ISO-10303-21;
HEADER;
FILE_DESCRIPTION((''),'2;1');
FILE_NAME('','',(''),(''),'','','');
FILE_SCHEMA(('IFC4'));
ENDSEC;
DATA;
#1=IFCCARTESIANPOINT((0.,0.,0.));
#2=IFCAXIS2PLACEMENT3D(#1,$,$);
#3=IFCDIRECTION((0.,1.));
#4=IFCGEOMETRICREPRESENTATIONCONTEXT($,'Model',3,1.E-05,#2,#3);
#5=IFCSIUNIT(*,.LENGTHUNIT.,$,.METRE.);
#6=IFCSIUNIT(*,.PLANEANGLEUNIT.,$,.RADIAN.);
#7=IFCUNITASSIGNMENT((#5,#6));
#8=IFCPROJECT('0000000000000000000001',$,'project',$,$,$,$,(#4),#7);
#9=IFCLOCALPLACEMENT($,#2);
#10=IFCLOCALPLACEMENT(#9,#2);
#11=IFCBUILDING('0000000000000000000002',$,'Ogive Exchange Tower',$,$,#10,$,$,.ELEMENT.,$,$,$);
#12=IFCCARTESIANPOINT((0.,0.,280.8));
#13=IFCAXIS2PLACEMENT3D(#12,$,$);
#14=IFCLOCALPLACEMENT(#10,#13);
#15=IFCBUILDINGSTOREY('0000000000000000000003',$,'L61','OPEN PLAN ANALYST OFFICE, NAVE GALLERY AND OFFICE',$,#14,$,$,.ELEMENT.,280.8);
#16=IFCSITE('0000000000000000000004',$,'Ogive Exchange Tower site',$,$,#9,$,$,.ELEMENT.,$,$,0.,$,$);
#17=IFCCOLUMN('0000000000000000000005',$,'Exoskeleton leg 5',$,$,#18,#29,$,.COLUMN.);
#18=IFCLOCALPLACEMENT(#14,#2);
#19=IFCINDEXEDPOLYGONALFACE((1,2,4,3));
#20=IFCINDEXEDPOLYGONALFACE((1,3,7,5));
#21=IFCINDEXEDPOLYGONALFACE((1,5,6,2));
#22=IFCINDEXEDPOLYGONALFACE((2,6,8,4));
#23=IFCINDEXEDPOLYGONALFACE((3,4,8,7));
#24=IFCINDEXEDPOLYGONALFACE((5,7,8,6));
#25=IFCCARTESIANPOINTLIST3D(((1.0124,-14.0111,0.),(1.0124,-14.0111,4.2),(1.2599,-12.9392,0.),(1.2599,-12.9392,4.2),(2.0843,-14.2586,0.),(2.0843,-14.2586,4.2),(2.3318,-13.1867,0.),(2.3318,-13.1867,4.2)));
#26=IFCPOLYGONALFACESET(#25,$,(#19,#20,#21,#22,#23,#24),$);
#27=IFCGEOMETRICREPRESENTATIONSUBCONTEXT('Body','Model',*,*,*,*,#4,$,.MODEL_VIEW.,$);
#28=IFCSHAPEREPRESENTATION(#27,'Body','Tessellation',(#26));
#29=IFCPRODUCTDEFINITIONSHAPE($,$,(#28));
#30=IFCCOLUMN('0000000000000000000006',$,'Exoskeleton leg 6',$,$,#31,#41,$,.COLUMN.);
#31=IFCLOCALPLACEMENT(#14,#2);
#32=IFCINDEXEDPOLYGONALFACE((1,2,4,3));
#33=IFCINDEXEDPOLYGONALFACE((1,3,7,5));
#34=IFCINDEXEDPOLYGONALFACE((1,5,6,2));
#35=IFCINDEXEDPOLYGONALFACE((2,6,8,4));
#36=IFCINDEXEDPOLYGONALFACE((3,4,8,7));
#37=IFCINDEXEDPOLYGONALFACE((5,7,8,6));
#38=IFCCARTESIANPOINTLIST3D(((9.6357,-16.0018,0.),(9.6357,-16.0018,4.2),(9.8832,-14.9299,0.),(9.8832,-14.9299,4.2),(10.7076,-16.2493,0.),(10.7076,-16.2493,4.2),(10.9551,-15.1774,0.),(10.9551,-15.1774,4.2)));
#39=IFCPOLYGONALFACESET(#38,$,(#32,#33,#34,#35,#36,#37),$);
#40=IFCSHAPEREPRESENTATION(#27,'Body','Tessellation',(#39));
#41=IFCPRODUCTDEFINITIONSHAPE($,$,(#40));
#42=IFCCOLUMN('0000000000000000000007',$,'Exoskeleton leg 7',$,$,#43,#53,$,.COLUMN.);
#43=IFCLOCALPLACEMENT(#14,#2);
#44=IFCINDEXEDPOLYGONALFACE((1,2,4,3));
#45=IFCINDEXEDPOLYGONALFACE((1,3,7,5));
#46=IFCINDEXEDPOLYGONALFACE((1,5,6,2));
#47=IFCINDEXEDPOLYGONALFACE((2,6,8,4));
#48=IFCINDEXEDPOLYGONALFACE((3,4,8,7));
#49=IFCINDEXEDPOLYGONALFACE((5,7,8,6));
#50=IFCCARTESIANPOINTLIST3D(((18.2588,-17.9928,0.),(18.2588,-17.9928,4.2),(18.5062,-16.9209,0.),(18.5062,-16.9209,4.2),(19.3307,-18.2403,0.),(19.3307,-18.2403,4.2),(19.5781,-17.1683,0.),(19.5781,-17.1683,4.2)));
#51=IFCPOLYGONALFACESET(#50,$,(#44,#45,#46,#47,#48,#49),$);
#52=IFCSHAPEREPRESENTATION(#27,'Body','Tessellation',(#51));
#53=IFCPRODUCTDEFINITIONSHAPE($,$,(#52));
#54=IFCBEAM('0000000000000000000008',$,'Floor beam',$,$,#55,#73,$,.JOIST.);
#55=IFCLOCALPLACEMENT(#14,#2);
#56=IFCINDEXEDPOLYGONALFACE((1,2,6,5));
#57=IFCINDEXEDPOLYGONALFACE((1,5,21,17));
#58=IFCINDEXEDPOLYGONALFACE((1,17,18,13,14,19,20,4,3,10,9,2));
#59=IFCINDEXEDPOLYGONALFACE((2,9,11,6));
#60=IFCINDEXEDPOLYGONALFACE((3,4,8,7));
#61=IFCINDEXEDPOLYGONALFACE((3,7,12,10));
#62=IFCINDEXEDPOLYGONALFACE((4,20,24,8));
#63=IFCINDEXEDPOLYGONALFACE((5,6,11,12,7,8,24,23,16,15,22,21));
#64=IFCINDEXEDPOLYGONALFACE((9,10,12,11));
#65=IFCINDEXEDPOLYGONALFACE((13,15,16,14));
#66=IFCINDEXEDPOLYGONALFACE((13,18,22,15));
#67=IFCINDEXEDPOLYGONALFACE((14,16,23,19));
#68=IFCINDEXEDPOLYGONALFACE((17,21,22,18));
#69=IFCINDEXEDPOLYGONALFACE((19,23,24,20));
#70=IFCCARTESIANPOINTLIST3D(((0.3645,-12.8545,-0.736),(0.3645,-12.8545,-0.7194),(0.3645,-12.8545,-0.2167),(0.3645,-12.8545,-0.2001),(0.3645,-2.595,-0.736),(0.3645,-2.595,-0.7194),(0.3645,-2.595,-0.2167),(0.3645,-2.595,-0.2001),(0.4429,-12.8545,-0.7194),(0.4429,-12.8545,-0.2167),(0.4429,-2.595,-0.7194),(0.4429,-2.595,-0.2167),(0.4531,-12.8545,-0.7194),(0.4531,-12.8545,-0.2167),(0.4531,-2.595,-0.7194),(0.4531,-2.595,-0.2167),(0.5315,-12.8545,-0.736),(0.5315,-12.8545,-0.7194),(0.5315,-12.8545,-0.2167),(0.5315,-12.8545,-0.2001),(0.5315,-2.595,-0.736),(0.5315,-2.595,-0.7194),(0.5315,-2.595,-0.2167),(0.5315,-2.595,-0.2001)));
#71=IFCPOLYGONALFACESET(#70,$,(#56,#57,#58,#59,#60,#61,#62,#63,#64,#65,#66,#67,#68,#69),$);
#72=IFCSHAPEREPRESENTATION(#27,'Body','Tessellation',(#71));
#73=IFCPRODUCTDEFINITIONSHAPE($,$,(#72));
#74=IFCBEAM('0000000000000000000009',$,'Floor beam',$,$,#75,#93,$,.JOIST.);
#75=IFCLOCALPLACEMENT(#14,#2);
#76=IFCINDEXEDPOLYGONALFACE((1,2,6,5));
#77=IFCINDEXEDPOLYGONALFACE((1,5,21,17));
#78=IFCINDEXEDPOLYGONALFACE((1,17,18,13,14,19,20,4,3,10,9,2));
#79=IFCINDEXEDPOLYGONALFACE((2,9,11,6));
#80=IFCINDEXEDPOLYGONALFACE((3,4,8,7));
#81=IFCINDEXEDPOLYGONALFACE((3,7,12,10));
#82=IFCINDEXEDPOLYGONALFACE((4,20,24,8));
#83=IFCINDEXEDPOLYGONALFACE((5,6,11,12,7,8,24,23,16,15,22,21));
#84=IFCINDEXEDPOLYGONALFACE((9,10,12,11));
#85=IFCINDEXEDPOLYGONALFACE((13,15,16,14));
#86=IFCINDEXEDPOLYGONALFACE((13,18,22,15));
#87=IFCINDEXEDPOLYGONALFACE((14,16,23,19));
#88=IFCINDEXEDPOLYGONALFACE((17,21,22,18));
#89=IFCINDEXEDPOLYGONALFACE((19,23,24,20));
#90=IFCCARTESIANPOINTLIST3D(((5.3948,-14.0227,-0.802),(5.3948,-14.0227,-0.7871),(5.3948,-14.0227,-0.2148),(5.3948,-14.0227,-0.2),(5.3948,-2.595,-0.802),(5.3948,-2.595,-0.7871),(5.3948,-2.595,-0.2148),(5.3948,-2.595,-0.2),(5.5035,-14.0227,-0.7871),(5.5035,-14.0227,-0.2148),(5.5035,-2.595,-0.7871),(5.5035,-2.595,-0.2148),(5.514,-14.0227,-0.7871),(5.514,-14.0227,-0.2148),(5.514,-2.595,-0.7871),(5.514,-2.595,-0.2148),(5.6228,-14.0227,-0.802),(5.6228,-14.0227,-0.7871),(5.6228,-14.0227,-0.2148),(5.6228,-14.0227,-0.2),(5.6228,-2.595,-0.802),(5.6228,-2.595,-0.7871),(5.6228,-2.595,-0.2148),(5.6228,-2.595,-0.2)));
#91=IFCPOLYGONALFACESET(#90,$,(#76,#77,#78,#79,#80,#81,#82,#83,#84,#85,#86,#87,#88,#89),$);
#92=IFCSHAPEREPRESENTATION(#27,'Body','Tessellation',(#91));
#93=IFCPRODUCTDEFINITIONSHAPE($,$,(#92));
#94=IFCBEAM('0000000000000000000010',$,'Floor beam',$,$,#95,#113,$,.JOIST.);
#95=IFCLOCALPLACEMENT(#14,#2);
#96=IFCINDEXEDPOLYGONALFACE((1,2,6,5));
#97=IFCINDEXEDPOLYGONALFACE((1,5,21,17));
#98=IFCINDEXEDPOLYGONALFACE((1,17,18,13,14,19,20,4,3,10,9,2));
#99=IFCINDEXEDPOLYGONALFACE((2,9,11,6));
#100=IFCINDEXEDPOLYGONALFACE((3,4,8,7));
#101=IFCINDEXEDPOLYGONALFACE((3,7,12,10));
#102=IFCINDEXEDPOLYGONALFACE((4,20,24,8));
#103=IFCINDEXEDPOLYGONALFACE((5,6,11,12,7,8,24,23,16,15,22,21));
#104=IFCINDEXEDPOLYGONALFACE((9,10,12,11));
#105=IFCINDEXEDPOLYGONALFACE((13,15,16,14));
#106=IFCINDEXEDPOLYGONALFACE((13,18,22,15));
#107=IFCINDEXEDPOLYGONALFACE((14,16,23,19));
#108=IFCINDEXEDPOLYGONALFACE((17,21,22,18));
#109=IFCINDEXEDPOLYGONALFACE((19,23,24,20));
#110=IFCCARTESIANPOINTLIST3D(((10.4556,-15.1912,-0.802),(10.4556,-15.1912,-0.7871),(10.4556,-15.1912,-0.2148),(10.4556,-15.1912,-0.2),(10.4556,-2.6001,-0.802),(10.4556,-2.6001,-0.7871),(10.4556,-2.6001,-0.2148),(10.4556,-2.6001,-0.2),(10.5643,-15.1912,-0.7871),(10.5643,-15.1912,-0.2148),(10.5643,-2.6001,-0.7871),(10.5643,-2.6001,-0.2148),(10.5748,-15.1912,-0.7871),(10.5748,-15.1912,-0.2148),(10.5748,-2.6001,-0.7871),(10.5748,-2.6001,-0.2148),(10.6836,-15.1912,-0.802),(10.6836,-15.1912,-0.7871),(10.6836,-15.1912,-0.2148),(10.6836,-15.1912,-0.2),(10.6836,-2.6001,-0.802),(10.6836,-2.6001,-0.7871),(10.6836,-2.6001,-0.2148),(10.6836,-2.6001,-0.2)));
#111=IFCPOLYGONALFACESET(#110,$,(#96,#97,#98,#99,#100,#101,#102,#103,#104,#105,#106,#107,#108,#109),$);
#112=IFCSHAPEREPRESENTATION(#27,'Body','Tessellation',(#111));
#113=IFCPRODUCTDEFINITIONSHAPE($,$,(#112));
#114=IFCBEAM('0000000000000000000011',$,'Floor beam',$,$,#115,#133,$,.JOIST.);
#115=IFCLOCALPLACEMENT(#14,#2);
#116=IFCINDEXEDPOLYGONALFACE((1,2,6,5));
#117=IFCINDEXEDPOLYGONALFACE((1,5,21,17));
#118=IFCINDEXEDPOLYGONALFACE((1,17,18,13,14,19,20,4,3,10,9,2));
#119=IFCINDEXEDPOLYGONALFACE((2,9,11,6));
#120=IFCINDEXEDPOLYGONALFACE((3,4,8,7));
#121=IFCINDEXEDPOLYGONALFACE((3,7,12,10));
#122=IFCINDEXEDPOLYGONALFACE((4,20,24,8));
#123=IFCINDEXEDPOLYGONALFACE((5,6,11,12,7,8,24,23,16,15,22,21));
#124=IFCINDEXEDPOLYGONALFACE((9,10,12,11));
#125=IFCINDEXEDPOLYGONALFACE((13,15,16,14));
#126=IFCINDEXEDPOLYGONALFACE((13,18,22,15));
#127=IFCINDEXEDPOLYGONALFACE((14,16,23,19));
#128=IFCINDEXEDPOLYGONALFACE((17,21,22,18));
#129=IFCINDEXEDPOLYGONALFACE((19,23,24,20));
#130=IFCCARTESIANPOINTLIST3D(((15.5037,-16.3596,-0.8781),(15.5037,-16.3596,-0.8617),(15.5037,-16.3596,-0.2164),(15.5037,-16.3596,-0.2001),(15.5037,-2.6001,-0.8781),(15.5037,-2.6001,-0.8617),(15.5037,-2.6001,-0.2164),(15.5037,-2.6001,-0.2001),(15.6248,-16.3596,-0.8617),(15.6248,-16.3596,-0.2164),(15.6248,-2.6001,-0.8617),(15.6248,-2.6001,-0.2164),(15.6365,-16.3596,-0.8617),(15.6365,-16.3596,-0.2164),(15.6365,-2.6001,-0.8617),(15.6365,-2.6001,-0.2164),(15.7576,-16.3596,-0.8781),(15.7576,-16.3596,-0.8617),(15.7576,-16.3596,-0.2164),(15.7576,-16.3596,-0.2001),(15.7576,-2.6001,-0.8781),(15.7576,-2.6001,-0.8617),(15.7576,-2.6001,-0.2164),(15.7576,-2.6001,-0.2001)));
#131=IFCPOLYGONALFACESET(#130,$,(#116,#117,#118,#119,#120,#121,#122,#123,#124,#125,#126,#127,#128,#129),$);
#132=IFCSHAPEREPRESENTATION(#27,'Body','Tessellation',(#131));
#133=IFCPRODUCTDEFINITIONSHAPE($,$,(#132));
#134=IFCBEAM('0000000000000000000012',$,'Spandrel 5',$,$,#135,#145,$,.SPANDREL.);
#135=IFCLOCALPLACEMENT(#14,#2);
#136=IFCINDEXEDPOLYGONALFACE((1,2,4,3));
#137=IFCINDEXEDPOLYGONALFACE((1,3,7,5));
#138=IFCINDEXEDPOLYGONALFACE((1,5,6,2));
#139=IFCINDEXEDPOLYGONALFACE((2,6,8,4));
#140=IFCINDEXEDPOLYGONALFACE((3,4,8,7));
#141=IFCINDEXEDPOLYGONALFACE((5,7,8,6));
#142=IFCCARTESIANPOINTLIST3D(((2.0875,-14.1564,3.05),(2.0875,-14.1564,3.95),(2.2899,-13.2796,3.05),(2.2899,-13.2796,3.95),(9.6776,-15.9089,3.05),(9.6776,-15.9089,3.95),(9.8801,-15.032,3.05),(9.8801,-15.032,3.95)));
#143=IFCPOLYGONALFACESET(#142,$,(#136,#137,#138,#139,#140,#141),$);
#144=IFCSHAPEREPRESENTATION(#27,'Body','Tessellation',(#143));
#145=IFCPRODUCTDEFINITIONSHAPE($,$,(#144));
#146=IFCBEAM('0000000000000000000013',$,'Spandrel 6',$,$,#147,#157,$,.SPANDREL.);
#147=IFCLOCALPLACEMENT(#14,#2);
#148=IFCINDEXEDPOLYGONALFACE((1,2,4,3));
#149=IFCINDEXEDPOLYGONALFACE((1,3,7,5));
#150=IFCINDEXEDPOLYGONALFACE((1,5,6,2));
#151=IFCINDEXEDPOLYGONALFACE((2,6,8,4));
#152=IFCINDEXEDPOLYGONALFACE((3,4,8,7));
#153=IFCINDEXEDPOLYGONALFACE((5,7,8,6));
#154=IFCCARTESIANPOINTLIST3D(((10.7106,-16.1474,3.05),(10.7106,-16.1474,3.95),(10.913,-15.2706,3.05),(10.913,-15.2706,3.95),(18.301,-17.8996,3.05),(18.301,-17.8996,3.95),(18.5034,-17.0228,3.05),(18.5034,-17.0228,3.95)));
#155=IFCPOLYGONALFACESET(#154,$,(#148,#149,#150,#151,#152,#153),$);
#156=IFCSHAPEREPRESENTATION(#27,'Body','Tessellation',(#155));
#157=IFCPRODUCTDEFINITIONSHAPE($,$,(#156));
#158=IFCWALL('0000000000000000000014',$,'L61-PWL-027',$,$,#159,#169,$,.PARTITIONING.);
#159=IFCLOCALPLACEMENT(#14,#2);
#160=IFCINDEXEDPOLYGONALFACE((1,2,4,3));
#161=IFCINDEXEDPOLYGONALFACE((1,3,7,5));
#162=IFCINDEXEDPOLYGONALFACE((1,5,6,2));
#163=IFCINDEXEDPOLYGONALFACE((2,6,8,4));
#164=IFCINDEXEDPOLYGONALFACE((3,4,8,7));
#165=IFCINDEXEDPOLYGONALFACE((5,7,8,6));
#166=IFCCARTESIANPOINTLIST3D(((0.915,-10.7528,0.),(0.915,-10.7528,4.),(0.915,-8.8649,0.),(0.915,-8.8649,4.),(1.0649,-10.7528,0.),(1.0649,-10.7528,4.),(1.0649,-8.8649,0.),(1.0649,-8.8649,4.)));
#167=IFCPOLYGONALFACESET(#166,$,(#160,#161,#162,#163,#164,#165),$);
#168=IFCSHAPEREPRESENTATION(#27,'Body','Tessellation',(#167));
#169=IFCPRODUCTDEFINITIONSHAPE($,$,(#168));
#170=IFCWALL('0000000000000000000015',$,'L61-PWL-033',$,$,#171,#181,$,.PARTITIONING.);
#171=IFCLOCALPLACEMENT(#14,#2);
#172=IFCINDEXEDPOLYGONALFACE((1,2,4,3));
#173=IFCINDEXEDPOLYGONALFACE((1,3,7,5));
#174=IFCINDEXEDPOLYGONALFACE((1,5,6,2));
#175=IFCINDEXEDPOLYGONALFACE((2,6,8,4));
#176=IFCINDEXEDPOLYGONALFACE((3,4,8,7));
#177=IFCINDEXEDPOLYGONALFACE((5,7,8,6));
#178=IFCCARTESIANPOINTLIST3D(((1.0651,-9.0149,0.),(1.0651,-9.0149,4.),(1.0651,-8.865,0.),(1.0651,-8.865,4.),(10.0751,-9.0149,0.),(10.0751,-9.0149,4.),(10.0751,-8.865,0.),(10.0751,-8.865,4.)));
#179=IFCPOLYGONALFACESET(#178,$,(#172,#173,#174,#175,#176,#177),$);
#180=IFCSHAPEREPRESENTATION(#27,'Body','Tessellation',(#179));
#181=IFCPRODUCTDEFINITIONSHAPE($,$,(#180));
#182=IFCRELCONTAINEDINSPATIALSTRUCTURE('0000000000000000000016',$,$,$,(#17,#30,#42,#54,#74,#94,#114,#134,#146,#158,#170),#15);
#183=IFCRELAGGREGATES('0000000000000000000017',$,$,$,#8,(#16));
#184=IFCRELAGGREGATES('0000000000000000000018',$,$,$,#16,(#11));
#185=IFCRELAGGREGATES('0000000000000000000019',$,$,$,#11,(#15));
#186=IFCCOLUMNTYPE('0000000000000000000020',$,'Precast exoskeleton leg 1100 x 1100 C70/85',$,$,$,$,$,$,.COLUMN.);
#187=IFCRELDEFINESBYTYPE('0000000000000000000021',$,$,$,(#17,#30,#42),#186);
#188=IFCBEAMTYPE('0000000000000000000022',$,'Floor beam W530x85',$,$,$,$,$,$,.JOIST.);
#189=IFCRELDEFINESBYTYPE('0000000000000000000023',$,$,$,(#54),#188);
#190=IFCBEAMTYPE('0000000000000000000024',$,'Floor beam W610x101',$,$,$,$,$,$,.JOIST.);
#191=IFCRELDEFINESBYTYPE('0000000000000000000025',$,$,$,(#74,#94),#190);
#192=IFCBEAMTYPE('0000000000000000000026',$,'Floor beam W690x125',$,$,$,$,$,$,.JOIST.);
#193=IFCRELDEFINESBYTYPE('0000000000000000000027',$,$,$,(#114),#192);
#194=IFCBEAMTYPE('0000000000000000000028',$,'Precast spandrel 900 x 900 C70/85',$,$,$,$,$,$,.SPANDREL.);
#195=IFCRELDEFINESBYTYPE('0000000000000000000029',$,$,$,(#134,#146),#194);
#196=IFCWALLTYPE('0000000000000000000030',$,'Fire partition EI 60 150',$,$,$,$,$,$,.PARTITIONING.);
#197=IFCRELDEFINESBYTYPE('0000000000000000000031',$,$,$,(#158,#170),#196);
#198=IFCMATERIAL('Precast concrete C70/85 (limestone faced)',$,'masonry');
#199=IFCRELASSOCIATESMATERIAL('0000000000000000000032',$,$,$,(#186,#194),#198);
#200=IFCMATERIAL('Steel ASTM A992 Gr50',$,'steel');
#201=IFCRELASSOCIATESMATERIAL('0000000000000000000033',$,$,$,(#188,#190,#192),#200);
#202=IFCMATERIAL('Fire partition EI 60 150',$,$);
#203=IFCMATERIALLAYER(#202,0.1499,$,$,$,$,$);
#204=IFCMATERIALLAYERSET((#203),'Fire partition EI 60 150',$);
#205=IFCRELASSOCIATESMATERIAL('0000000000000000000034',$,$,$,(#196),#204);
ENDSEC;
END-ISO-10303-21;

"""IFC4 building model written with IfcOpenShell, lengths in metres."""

from ifc_helpers import new_model, si_unit, direction, frame, frame_2d, origin, origin_2d, place, context, subcontext, project, spatial, rectangle, i_section, extrude, material, layer, layer_set, material_profile, profile_set, type_object, element, save


model = new_model("IFC4")

# Units and contexts
model_context = context("Model", 3, precision=1e-05, world=origin(), true_north=direction((0.0, 1.0)))
body_context = subcontext(model_context, "Body", "Model", "MODEL_VIEW")
ifc_project = project(units=[si_unit("LENGTHUNIT", "METRE"), si_unit("PLANEANGLEUNIT", "RADIAN")], contexts=[model_context])

# Site, building, storey
site_placement = place(None, origin())
site = spatial("IfcSite", under=ifc_project, at=site_placement, Name="Ogive Exchange Tower site", CompositionType="ELEMENT", RefElevation=0.0)
building_placement = place(site_placement, origin())
building = spatial("IfcBuilding", under=site, at=building_placement, Name="Ogive Exchange Tower", CompositionType="ELEMENT")
storey_placement = place(building_placement, frame((0.0, 0.0, 280.8)))
storey = spatial("IfcBuildingStorey", under=building, at=storey_placement, Name="L61", Description="OPEN PLAN ANALYST OFFICE, NAVE GALLERY AND OFFICE", CompositionType="ELEMENT", Elevation=280.8)

# Columns
ifc_material_1 = material(Name="Precast concrete C70/85 (limestone faced)", Category="masonry")
ifc_material_profile_1 = material_profile(ifc_material_1, rectangle(XDim=1.1001, YDim=1.1001, at=origin_2d()), Name="1100 x 1100")
ifc_profile_set_1 = profile_set([ifc_material_profile_1], Name="Precast concrete C70/85 (limestone faced)")
column_type = type_object("IfcColumnType", Name="Precast exoskeleton leg 1100 x 1100 C70/85", PredefinedType="COLUMN", material=ifc_profile_set_1)
for number, where, z_axis, x_axis, name in (
    (1, (1.6721, -13.5989, 0.0), (0.0, 0.0, 1.0), (0.97437, -0.224951, 0.0), "Exoskeleton leg 5"),
    (2, (10.2954, -15.5896, 0.0), (0.0, 0.0, 1.0), (0.97437, -0.224951, 0.0), "Exoskeleton leg 6"),
    (3, (18.9185, -17.5806, 0.0), (0.0, 0.0, 1.0), (0.97437, -0.224951, 0.0), "Exoskeleton leg 7"),
):
    element("IfcColumn", number, at=place(storey_placement, frame(where, z_axis=z_axis, x_axis=x_axis)), inside=storey, type_object=column_type, Name=name, PredefinedType="COLUMN", context=body_context, shape_type="SweptSolid", body=[
        extrude(rectangle(XDim=1.1001, YDim=1.1001, at=origin_2d()), origin(), (0.0, 0.0, 1.0), 4.2),
    ])

# Beams
ifc_material_2 = material(Name="Steel ASTM A992 Gr50", Category="steel")
ifc_material_profile_2 = material_profile(ifc_material_2, i_section(OverallWidth=0.167, OverallDepth=0.5359, WebThickness=0.0103, FlangeThickness=0.0166, at=origin_2d()), Name="W530x85")
ifc_profile_set_2 = profile_set([ifc_material_profile_2], Name="Steel ASTM A992 Gr50")
beam_type_1 = type_object("IfcBeamType", Name="Floor beam W530x85", PredefinedType="JOIST", material=ifc_profile_set_2)
beam_1_placement = place(storey_placement, frame((0.448, -12.8545, -0.468), z_axis=(0.0, 1.0, 0.0), x_axis=(-1.0, 0.0, 0.0)))
element("IfcBeam", 4, at=beam_1_placement, inside=storey, type_object=beam_type_1, Name="Floor beam", PredefinedType="JOIST", context=body_context, shape_type="SweptSolid", body=[
    extrude(i_section(OverallWidth=0.167, OverallDepth=0.5359, WebThickness=0.0103, FlangeThickness=0.0166, at=origin_2d()), origin(), (0.0, 0.0, 1.0), 10.2595),
])
ifc_material_profile_3 = material_profile(ifc_material_2, i_section(OverallWidth=0.228, OverallDepth=0.6021, WebThickness=0.0105, FlangeThickness=0.0149, at=origin_2d()), Name="W610x101")
ifc_profile_set_3 = profile_set([ifc_material_profile_3], Name="Steel ASTM A992 Gr50")
beam_type_2 = type_object("IfcBeamType", Name="Floor beam W610x101", PredefinedType="JOIST", material=ifc_profile_set_3)
beam_2_placement = place(storey_placement, frame((5.5088, -14.0227, -0.501), z_axis=(0.0, 1.0, 0.0), x_axis=(-1.0, 0.0, 0.0)))
element("IfcBeam", 5, at=beam_2_placement, inside=storey, type_object=beam_type_2, Name="Floor beam", PredefinedType="JOIST", context=body_context, shape_type="SweptSolid", body=[
    extrude(i_section(OverallWidth=0.228, OverallDepth=0.6021, WebThickness=0.0105, FlangeThickness=0.0149, at=origin_2d()), origin(), (0.0, 0.0, 1.0), 11.4277),
])
beam_3_placement = place(storey_placement, frame((10.5696, -15.1912, -0.501), z_axis=(0.0, 1.0, 0.0), x_axis=(-1.0, 0.0, 0.0)))
element("IfcBeam", 6, at=beam_3_placement, inside=storey, type_object=beam_type_2, Name="Floor beam", PredefinedType="JOIST", context=body_context, shape_type="SweptSolid", body=[
    extrude(i_section(OverallWidth=0.228, OverallDepth=0.6021, WebThickness=0.0105, FlangeThickness=0.0149, at=origin_2d()), origin(), (0.0, 0.0, 1.0), 12.5911),
])
ifc_material_profile_4 = material_profile(ifc_material_2, i_section(OverallWidth=0.2539, OverallDepth=0.678, WebThickness=0.0117, FlangeThickness=0.0164, at=origin_2d()), Name="W690x125")
ifc_profile_set_4 = profile_set([ifc_material_profile_4], Name="Steel ASTM A992 Gr50")
beam_type_3 = type_object("IfcBeamType", Name="Floor beam W690x125", PredefinedType="JOIST", material=ifc_profile_set_4)
beam_4_placement = place(storey_placement, frame((15.6306, -16.3596, -0.5391), z_axis=(0.0, 1.0, 0.0), x_axis=(-1.0, 0.0, 0.0)))
element("IfcBeam", 7, at=beam_4_placement, inside=storey, type_object=beam_type_3, Name="Floor beam", PredefinedType="JOIST", context=body_context, shape_type="SweptSolid", body=[
    extrude(i_section(OverallWidth=0.2539, OverallDepth=0.678, WebThickness=0.0117, FlangeThickness=0.0164, at=origin_2d()), origin(), (0.0, 0.0, 1.0), 13.7595),
])
ifc_material_profile_5 = material_profile(ifc_material_1, rectangle(XDim=0.8999, YDim=0.8999, at=origin_2d()), Name="900 x 900")
ifc_profile_set_5 = profile_set([ifc_material_profile_5], Name="Precast concrete C70/85 (limestone faced)")
beam_type_4 = type_object("IfcBeamType", Name="Precast spandrel 900 x 900 C70/85", PredefinedType="SPANDREL", material=ifc_profile_set_5)
beam_5_placement = place(storey_placement, frame((2.1887, -13.718, 3.5), z_axis=(0.974366, -0.224967, 0.0), x_axis=(0.224967, 0.974366, 0.0)))
element("IfcBeam", 8, at=beam_5_placement, inside=storey, type_object=beam_type_4, Name="Spandrel 5", PredefinedType="SPANDREL", context=body_context, shape_type="SweptSolid", body=[
    extrude(rectangle(XDim=0.8999, YDim=0.8999, at=origin_2d()), origin(), (0.0, 0.0, 1.0), 7.7898),
])
beam_6_placement = place(storey_placement, frame((10.8118, -15.709, 3.5), z_axis=(0.974375, -0.22493, 0.0), x_axis=(0.22493, 0.974375, 0.0)))
element("IfcBeam", 9, at=beam_6_placement, inside=storey, type_object=beam_type_4, Name="Spandrel 6", PredefinedType="SPANDREL", context=body_context, shape_type="SweptSolid", body=[
    extrude(rectangle(XDim=0.8999, YDim=0.8999, at=origin_2d()), origin(), (0.0, 0.0, 1.0), 7.79),
])

# Walls
ifc_material_3 = material(Name="Fire partition EI 60 150")
ifc_layer_1 = layer(ifc_material_3, 0.1499)
ifc_layer_set_1 = layer_set([ifc_layer_1], Name="Fire partition EI 60 150")
wall_type_1 = type_object("IfcWallType", Name="Fire partition EI 60 150", PredefinedType="PARTITIONING", material=ifc_layer_set_1)
wall_1_placement = place(storey_placement, frame((0.99, -8.865, 0.0), z_axis=(0.0, 0.0, 1.0), x_axis=(0.0, -1.0, 0.0)))
element("IfcWall", 10, at=wall_1_placement, inside=storey, type_object=wall_type_1, Name="L61-PWL-027", PredefinedType="PARTITIONING", context=body_context, shape_type="SweptSolid", body=[
    extrude(rectangle(XDim=1.8879, YDim=0.1499, at=frame_2d((0.9438, 0.0))), origin(), (0.0, 0.0, 1.0), 4.0),
])
wall_2_placement = place(storey_placement, frame((10.075, -8.9399, 0.0), z_axis=(0.0, 0.0, 1.0), x_axis=(-1.0, 0.0, 0.0)))
element("IfcWall", 11, at=wall_2_placement, inside=storey, type_object=wall_type_1, Name="L61-PWL-033", PredefinedType="PARTITIONING", context=body_context, shape_type="SweptSolid", body=[
    extrude(rectangle(XDim=9.01, YDim=0.1499, at=frame_2d((4.5049, 0.0))), origin(), (0.0, 0.0, 1.0), 4.0),
])

save(model, "model.ifc")
